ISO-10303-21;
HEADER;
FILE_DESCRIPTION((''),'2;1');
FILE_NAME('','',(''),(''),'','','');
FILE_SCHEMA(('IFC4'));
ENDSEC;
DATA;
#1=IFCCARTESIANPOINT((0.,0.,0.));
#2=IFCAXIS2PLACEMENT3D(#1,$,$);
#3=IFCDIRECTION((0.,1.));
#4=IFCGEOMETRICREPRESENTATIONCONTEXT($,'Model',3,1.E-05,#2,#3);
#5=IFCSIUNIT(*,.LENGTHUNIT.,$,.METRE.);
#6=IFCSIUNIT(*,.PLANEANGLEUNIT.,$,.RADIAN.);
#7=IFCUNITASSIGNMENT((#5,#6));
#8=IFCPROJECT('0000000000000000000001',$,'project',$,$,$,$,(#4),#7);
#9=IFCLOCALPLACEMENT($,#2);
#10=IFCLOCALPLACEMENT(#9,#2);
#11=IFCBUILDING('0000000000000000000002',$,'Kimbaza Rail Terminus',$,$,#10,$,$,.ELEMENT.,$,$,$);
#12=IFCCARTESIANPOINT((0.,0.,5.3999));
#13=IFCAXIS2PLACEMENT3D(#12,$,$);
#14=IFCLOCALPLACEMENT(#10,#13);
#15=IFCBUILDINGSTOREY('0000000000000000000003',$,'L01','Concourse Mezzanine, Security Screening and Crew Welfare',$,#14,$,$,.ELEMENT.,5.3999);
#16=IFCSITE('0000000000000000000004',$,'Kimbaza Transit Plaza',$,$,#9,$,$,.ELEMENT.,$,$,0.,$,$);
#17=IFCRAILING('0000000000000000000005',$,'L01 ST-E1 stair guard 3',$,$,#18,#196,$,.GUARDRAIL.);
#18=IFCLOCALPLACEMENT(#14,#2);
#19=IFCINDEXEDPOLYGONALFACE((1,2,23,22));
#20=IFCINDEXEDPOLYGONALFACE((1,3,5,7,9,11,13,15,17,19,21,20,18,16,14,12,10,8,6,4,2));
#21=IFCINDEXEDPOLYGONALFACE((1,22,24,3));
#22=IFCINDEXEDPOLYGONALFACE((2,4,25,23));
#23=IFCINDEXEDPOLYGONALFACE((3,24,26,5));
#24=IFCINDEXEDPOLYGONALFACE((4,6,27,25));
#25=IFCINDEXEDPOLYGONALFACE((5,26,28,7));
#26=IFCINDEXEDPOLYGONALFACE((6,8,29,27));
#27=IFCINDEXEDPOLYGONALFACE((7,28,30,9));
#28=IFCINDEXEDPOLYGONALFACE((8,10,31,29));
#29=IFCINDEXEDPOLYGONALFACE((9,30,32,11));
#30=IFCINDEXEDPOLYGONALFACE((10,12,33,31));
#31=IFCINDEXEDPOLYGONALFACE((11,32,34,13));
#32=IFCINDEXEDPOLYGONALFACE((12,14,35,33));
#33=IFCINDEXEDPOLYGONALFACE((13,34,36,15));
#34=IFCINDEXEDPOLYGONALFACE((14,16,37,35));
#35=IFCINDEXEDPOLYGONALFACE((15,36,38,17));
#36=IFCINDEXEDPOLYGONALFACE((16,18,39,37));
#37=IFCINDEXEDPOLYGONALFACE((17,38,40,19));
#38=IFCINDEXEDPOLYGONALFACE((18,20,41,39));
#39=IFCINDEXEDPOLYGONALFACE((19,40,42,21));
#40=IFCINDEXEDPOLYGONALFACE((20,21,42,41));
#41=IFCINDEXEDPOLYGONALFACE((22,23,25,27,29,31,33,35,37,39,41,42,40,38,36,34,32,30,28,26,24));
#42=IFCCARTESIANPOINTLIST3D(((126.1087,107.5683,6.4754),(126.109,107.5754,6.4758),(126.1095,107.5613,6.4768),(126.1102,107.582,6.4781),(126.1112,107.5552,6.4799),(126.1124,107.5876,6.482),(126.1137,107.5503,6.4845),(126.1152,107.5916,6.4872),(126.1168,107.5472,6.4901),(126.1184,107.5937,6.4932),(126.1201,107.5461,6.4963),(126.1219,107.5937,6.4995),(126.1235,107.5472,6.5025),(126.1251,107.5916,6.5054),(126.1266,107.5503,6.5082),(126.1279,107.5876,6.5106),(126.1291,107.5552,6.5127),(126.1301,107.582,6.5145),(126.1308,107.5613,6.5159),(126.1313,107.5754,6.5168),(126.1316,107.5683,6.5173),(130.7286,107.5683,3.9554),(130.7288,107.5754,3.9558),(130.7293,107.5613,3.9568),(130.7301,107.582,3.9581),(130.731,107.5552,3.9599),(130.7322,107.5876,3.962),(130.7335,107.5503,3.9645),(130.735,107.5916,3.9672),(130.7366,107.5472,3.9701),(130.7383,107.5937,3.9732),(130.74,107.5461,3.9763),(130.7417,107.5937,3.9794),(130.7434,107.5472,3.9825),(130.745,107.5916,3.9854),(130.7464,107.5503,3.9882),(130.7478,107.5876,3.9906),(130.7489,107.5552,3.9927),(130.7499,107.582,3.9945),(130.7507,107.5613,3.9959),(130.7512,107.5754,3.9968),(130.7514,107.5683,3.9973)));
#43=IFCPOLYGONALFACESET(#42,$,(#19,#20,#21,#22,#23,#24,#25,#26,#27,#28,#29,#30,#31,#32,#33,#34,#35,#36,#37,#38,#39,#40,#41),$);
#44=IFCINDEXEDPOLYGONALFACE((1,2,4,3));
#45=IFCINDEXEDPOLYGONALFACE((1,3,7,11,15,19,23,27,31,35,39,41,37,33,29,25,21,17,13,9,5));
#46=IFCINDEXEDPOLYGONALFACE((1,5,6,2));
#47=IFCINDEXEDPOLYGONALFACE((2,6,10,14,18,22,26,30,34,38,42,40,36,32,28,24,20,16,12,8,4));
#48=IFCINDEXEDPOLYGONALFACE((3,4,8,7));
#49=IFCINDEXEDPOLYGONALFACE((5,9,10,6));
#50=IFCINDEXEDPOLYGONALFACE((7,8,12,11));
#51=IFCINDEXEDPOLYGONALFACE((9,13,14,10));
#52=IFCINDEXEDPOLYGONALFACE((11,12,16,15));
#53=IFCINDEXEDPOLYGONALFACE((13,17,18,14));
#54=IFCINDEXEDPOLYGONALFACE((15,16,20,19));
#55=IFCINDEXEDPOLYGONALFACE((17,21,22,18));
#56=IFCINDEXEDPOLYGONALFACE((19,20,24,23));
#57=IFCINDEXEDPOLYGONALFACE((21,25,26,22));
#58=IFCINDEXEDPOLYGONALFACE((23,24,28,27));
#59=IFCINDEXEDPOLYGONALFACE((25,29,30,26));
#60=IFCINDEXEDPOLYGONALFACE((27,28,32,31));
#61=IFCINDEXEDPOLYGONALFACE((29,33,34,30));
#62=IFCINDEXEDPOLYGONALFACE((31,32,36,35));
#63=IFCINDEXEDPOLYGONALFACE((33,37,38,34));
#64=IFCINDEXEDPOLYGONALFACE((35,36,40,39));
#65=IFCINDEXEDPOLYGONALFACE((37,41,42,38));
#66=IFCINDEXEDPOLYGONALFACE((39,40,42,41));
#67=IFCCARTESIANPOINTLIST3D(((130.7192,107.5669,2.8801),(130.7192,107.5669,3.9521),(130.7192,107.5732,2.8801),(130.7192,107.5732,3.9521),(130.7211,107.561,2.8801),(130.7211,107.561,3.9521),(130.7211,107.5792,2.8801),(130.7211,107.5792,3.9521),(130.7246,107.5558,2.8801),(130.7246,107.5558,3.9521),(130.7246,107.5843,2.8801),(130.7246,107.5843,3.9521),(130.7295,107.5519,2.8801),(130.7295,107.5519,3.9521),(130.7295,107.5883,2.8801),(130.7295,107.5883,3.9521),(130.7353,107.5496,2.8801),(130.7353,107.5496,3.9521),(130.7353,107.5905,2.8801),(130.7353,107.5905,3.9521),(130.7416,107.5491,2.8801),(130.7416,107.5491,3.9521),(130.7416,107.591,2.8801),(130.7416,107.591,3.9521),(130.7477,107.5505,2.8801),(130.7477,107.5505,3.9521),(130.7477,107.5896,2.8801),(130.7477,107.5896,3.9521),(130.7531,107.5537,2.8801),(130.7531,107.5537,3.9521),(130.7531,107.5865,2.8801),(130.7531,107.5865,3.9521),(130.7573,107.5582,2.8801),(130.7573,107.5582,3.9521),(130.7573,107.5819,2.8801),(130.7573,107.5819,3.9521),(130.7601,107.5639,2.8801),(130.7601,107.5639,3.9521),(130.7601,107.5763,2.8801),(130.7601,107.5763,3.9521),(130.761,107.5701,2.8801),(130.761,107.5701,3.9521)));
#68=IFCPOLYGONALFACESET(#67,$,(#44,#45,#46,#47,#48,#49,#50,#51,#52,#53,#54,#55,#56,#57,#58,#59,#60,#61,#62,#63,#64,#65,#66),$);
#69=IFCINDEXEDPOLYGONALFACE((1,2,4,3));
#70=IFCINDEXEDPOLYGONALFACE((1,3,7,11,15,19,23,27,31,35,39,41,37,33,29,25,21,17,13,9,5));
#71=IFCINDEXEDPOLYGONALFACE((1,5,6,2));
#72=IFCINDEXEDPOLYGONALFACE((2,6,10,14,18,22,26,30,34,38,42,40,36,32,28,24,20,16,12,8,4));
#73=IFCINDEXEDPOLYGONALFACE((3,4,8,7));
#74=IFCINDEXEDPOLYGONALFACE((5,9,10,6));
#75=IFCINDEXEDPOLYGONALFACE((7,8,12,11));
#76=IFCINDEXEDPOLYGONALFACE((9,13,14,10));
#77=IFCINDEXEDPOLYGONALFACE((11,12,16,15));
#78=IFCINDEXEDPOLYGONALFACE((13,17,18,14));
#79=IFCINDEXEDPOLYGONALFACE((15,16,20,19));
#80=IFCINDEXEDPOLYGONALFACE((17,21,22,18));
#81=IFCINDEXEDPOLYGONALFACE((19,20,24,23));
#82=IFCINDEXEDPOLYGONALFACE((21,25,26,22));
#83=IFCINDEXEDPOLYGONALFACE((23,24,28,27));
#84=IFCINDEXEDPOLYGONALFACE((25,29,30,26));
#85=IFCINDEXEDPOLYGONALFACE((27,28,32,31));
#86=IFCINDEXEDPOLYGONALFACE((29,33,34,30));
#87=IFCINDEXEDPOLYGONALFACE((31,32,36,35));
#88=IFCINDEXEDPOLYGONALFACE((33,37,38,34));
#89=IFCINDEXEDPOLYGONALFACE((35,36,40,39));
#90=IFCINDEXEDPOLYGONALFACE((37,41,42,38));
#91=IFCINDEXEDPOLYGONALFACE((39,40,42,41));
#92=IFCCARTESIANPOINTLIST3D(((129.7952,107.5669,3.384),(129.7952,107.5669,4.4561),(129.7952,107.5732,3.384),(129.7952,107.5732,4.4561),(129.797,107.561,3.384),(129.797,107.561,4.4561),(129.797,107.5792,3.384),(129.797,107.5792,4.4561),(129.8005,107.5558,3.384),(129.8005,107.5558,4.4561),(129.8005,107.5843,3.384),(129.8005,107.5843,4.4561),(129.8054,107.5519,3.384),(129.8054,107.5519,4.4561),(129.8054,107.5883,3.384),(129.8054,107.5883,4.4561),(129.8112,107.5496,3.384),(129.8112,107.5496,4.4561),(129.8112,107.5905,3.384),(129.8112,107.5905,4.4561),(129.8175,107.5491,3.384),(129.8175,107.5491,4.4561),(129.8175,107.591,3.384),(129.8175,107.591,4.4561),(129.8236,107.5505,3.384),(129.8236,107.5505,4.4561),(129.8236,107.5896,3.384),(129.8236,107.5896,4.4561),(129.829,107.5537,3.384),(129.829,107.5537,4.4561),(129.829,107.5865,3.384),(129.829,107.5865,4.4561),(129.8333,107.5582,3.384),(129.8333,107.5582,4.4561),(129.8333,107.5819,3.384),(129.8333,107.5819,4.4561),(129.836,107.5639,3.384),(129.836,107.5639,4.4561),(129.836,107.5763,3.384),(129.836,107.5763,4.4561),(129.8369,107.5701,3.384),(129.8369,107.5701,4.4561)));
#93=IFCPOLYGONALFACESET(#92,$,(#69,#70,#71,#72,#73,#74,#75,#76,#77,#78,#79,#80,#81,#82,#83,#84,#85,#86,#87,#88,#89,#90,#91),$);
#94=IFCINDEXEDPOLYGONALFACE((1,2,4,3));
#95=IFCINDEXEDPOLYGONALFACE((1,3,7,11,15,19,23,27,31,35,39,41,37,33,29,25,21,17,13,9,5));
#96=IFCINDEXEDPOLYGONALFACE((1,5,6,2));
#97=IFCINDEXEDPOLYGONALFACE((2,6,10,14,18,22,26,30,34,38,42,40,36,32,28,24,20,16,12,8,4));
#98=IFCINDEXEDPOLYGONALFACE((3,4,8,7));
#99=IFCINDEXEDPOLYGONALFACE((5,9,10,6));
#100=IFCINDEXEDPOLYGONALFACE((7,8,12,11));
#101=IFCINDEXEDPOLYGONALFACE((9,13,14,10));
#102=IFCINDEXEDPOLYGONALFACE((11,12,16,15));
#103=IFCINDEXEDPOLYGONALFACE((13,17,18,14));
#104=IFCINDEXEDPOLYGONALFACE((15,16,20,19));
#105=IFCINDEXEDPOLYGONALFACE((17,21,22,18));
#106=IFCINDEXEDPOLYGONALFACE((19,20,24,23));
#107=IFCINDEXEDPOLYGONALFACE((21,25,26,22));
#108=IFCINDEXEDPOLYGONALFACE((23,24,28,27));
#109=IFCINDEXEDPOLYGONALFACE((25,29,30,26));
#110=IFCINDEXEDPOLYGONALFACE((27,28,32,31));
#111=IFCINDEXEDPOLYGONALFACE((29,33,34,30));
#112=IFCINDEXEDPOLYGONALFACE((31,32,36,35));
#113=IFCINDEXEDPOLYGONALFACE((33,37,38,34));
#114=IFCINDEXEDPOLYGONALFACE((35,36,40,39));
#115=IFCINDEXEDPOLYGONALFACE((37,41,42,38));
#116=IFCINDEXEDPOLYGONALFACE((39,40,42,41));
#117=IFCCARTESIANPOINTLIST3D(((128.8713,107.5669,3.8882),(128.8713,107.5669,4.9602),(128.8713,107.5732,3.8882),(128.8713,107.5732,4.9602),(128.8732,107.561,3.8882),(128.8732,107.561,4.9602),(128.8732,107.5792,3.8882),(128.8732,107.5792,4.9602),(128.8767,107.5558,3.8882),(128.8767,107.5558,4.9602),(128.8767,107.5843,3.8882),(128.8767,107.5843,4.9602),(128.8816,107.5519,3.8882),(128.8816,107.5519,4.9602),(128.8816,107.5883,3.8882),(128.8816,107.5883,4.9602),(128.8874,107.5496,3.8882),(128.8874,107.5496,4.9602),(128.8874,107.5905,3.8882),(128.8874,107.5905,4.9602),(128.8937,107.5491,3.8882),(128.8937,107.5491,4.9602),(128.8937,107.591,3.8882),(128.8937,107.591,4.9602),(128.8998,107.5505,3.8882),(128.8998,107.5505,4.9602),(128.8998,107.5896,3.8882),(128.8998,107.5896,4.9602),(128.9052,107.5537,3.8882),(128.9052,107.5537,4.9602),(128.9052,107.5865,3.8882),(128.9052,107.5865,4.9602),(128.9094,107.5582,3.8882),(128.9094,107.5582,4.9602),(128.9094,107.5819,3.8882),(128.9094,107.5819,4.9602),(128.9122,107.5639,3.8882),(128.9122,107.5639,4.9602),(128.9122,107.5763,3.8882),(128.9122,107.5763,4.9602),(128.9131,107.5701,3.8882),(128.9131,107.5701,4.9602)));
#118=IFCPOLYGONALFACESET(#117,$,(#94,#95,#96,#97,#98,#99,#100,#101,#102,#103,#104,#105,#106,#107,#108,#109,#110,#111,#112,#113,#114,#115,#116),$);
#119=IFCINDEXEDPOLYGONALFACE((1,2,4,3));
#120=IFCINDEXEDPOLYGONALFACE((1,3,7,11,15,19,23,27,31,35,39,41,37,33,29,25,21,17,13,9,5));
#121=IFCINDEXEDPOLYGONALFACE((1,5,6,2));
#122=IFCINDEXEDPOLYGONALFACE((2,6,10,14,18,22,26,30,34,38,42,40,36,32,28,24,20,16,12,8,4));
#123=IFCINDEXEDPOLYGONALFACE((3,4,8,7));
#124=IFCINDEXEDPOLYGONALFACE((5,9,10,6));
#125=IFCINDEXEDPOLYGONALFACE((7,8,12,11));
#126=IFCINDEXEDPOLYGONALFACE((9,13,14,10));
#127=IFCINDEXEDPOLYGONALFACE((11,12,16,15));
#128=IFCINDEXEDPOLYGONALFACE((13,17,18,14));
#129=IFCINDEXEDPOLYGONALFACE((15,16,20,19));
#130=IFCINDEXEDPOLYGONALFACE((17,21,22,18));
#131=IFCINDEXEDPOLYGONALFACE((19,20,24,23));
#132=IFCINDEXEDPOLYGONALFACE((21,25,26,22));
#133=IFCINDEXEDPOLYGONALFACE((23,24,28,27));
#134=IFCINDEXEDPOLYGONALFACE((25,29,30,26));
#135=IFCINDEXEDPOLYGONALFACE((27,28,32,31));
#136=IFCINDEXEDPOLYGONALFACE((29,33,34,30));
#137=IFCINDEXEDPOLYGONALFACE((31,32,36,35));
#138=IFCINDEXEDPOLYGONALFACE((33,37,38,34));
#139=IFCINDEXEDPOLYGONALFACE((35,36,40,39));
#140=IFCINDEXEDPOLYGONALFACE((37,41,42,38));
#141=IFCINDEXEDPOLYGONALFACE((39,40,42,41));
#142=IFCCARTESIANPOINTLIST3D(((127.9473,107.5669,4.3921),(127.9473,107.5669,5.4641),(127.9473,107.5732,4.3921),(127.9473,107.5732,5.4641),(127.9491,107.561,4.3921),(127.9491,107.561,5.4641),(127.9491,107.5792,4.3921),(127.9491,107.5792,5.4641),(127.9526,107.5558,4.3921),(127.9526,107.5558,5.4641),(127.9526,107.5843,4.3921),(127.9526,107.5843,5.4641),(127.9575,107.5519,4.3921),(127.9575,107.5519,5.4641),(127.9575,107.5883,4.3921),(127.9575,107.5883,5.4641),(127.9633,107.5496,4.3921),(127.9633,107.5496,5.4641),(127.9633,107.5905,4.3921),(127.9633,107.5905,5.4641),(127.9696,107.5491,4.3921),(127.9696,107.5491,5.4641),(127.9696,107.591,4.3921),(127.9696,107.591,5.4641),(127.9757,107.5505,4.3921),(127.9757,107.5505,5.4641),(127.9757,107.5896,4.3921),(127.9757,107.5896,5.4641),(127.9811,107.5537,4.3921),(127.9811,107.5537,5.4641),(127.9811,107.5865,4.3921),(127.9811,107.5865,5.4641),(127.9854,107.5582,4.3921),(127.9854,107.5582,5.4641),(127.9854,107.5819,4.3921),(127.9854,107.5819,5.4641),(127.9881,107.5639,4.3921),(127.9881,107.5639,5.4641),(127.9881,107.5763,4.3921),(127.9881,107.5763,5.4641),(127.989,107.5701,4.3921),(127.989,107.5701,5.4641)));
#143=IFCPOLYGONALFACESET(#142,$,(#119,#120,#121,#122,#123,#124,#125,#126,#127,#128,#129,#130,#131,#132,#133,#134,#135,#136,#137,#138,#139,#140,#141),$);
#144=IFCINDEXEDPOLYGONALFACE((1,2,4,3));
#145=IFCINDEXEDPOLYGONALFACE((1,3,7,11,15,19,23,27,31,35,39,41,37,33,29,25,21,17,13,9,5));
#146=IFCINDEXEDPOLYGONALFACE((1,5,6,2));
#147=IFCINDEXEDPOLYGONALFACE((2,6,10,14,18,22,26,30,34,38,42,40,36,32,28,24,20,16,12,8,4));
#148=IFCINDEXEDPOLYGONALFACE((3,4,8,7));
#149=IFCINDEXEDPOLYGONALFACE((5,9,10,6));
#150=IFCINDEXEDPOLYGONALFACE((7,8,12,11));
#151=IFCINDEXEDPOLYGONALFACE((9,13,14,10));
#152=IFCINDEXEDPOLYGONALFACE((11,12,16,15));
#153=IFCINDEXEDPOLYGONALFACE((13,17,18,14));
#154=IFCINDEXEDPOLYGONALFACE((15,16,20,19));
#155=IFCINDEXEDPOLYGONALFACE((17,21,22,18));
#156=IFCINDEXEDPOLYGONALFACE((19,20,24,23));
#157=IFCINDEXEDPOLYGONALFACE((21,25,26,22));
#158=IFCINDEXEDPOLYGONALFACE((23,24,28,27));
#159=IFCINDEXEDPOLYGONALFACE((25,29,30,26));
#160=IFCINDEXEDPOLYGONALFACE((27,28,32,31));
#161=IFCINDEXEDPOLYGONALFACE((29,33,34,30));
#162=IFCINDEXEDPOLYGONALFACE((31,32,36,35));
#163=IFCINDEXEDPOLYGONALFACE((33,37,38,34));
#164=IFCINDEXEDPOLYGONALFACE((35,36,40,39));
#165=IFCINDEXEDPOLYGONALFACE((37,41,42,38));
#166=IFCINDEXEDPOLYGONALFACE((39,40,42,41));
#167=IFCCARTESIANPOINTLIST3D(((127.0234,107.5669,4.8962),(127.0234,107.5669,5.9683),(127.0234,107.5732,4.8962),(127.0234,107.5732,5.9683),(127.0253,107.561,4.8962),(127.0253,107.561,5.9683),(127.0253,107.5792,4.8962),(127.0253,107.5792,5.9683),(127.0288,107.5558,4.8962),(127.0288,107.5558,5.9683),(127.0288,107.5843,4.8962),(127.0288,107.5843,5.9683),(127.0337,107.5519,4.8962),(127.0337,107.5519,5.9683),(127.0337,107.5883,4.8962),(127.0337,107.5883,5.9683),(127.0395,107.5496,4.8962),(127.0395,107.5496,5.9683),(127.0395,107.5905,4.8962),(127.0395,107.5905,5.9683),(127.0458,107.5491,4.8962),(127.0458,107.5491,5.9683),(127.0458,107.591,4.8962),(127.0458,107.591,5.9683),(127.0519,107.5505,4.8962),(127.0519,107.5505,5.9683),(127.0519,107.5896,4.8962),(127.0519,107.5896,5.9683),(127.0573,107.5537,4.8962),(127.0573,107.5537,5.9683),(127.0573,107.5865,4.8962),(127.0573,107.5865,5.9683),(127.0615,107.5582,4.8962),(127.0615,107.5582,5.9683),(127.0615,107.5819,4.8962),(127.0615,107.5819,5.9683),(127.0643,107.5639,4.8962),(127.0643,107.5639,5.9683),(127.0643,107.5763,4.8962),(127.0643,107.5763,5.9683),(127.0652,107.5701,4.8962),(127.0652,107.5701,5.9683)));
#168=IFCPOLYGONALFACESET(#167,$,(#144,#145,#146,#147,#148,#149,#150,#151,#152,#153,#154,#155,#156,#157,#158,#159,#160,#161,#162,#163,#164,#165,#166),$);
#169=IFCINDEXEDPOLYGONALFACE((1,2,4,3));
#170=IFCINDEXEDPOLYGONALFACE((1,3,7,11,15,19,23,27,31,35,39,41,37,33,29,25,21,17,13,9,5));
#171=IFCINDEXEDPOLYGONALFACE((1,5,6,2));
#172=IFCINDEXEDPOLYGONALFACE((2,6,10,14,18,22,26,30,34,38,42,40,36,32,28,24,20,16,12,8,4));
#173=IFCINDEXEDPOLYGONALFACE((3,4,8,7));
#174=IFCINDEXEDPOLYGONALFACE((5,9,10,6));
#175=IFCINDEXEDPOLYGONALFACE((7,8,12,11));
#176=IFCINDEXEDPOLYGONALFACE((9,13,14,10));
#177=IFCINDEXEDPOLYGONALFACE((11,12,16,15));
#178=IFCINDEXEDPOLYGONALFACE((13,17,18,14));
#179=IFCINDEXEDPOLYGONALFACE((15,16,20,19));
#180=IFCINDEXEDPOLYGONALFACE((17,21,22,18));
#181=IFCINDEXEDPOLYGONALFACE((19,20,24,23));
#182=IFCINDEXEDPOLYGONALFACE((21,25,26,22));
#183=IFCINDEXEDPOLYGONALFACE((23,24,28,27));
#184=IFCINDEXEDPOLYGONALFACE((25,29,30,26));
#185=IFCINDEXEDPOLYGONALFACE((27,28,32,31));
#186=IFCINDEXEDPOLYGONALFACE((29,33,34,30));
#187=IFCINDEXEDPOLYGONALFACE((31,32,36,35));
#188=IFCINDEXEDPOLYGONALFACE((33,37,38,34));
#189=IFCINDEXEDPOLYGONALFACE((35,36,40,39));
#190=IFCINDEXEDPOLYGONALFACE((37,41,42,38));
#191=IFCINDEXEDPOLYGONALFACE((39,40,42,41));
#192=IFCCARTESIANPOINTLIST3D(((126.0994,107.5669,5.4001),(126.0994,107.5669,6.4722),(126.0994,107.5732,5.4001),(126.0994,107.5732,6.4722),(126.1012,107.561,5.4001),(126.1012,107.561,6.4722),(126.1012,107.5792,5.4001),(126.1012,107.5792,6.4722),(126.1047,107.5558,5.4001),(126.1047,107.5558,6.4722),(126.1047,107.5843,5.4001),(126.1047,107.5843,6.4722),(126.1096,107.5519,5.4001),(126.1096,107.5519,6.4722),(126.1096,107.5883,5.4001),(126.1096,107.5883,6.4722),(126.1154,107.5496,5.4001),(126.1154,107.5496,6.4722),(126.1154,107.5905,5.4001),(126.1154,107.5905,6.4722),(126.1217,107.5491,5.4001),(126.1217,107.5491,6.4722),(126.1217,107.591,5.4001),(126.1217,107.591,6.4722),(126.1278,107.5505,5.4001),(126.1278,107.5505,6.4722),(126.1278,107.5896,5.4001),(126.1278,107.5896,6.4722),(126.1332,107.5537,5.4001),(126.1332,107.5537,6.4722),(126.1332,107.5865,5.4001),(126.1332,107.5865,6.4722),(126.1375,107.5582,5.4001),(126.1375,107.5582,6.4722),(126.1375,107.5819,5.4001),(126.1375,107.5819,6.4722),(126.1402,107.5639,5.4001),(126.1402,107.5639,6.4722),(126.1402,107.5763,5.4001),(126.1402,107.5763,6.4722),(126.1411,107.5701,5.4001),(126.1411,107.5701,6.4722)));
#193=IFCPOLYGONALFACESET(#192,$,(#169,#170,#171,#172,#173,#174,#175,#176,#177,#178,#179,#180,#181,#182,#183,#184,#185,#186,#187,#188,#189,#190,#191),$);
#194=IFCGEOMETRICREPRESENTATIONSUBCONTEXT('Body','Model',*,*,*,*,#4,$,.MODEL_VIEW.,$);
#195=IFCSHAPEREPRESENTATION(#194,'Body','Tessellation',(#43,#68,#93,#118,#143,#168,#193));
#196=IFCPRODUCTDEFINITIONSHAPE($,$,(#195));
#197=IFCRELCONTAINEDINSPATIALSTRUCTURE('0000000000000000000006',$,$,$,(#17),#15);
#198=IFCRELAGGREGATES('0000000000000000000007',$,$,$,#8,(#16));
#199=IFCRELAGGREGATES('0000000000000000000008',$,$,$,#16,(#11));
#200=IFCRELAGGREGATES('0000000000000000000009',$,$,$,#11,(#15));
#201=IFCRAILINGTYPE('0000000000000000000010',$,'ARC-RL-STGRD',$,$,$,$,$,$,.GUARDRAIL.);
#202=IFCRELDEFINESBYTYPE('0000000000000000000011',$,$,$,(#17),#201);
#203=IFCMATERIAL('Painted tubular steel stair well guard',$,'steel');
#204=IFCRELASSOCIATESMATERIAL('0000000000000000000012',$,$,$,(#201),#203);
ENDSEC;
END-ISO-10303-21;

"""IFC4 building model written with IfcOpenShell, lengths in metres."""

from ifc_helpers import new_model, si_unit, direction, frame, origin, origin_2d, place, context, subcontext, project, spatial, circle, extrude, material, type_object, element, save


model = new_model("IFC4")

# Units and contexts
model_context = context("Model", 3, precision=1e-05, world=origin(), true_north=direction((0.0, 1.0)))
body_context = subcontext(model_context, "Body", "Model", "MODEL_VIEW")
ifc_project = project(units=[si_unit("LENGTHUNIT", "METRE"), si_unit("PLANEANGLEUNIT", "RADIAN")], contexts=[model_context])

# Site, building, storey
site_placement = place(None, origin())
site = spatial("IfcSite", under=ifc_project, at=site_placement, Name="Kimbaza Transit Plaza", CompositionType="ELEMENT", RefElevation=0.0)
building_placement = place(site_placement, origin())
building = spatial("IfcBuilding", under=site, at=building_placement, Name="Kimbaza Rail Terminus", CompositionType="ELEMENT")
storey_placement = place(building_placement, frame((0.0, 0.0, 5.3999)))
storey = spatial("IfcBuildingStorey", under=building, at=storey_placement, Name="L01", Description="Concourse Mezzanine, Security Screening and Crew Welfare", CompositionType="ELEMENT", Elevation=5.3999)

# Railing
ifc_material_1 = material(Name="Painted tubular steel stair well guard", Category="steel")
railing_type_1 = type_object("IfcRailingType", Name="ARC-RL-STGRD", PredefinedType="GUARDRAIL", material=ifc_material_1)
railing_1_placement = place(storey_placement, frame((130.74, 107.5701, 2.8801)))
element("IfcRailing", 1, at=railing_1_placement, inside=storey, type_object=railing_type_1, Name="L01 ST-E1 stair guard 3", PredefinedType="GUARDRAIL", context=body_context, shape_type="SweptSolid", body=[
    extrude(circle(Radius=0.0239, at=origin_2d()), frame((0.0, 0.0, 1.0962), z_axis=(-0.877888, 0.0, 0.478865), x_axis=(0.0, -1.0, 0.0)), (0.0, 0.0, 1.0), 5.2625),
    extrude(circle(Radius=0.021, at=origin_2d()), origin(), (0.0, 0.0, 1.0), 1.072),
    extrude(circle(Radius=0.021, at=origin_2d()), frame((-0.9241, 0.0, 0.5039)), (0.0, 0.0, 1.0), 1.072),
    extrude(circle(Radius=0.021, at=origin_2d()), frame((-1.8479, 0.0, 1.0081)), (0.0, 0.0, 1.0), 1.072),
    extrude(circle(Radius=0.021, at=origin_2d()), frame((-2.772, 0.0, 1.512)), (0.0, 0.0, 1.0), 1.072),
    extrude(circle(Radius=0.021, at=origin_2d()), frame((-3.6958, 0.0, 2.0161)), (0.0, 0.0, 1.0), 1.072),
    extrude(circle(Radius=0.021, at=origin_2d()), frame((-4.6199, 0.0, 2.52)), (0.0, 0.0, 1.0), 1.072),
])

save(model, "model.ifc")
